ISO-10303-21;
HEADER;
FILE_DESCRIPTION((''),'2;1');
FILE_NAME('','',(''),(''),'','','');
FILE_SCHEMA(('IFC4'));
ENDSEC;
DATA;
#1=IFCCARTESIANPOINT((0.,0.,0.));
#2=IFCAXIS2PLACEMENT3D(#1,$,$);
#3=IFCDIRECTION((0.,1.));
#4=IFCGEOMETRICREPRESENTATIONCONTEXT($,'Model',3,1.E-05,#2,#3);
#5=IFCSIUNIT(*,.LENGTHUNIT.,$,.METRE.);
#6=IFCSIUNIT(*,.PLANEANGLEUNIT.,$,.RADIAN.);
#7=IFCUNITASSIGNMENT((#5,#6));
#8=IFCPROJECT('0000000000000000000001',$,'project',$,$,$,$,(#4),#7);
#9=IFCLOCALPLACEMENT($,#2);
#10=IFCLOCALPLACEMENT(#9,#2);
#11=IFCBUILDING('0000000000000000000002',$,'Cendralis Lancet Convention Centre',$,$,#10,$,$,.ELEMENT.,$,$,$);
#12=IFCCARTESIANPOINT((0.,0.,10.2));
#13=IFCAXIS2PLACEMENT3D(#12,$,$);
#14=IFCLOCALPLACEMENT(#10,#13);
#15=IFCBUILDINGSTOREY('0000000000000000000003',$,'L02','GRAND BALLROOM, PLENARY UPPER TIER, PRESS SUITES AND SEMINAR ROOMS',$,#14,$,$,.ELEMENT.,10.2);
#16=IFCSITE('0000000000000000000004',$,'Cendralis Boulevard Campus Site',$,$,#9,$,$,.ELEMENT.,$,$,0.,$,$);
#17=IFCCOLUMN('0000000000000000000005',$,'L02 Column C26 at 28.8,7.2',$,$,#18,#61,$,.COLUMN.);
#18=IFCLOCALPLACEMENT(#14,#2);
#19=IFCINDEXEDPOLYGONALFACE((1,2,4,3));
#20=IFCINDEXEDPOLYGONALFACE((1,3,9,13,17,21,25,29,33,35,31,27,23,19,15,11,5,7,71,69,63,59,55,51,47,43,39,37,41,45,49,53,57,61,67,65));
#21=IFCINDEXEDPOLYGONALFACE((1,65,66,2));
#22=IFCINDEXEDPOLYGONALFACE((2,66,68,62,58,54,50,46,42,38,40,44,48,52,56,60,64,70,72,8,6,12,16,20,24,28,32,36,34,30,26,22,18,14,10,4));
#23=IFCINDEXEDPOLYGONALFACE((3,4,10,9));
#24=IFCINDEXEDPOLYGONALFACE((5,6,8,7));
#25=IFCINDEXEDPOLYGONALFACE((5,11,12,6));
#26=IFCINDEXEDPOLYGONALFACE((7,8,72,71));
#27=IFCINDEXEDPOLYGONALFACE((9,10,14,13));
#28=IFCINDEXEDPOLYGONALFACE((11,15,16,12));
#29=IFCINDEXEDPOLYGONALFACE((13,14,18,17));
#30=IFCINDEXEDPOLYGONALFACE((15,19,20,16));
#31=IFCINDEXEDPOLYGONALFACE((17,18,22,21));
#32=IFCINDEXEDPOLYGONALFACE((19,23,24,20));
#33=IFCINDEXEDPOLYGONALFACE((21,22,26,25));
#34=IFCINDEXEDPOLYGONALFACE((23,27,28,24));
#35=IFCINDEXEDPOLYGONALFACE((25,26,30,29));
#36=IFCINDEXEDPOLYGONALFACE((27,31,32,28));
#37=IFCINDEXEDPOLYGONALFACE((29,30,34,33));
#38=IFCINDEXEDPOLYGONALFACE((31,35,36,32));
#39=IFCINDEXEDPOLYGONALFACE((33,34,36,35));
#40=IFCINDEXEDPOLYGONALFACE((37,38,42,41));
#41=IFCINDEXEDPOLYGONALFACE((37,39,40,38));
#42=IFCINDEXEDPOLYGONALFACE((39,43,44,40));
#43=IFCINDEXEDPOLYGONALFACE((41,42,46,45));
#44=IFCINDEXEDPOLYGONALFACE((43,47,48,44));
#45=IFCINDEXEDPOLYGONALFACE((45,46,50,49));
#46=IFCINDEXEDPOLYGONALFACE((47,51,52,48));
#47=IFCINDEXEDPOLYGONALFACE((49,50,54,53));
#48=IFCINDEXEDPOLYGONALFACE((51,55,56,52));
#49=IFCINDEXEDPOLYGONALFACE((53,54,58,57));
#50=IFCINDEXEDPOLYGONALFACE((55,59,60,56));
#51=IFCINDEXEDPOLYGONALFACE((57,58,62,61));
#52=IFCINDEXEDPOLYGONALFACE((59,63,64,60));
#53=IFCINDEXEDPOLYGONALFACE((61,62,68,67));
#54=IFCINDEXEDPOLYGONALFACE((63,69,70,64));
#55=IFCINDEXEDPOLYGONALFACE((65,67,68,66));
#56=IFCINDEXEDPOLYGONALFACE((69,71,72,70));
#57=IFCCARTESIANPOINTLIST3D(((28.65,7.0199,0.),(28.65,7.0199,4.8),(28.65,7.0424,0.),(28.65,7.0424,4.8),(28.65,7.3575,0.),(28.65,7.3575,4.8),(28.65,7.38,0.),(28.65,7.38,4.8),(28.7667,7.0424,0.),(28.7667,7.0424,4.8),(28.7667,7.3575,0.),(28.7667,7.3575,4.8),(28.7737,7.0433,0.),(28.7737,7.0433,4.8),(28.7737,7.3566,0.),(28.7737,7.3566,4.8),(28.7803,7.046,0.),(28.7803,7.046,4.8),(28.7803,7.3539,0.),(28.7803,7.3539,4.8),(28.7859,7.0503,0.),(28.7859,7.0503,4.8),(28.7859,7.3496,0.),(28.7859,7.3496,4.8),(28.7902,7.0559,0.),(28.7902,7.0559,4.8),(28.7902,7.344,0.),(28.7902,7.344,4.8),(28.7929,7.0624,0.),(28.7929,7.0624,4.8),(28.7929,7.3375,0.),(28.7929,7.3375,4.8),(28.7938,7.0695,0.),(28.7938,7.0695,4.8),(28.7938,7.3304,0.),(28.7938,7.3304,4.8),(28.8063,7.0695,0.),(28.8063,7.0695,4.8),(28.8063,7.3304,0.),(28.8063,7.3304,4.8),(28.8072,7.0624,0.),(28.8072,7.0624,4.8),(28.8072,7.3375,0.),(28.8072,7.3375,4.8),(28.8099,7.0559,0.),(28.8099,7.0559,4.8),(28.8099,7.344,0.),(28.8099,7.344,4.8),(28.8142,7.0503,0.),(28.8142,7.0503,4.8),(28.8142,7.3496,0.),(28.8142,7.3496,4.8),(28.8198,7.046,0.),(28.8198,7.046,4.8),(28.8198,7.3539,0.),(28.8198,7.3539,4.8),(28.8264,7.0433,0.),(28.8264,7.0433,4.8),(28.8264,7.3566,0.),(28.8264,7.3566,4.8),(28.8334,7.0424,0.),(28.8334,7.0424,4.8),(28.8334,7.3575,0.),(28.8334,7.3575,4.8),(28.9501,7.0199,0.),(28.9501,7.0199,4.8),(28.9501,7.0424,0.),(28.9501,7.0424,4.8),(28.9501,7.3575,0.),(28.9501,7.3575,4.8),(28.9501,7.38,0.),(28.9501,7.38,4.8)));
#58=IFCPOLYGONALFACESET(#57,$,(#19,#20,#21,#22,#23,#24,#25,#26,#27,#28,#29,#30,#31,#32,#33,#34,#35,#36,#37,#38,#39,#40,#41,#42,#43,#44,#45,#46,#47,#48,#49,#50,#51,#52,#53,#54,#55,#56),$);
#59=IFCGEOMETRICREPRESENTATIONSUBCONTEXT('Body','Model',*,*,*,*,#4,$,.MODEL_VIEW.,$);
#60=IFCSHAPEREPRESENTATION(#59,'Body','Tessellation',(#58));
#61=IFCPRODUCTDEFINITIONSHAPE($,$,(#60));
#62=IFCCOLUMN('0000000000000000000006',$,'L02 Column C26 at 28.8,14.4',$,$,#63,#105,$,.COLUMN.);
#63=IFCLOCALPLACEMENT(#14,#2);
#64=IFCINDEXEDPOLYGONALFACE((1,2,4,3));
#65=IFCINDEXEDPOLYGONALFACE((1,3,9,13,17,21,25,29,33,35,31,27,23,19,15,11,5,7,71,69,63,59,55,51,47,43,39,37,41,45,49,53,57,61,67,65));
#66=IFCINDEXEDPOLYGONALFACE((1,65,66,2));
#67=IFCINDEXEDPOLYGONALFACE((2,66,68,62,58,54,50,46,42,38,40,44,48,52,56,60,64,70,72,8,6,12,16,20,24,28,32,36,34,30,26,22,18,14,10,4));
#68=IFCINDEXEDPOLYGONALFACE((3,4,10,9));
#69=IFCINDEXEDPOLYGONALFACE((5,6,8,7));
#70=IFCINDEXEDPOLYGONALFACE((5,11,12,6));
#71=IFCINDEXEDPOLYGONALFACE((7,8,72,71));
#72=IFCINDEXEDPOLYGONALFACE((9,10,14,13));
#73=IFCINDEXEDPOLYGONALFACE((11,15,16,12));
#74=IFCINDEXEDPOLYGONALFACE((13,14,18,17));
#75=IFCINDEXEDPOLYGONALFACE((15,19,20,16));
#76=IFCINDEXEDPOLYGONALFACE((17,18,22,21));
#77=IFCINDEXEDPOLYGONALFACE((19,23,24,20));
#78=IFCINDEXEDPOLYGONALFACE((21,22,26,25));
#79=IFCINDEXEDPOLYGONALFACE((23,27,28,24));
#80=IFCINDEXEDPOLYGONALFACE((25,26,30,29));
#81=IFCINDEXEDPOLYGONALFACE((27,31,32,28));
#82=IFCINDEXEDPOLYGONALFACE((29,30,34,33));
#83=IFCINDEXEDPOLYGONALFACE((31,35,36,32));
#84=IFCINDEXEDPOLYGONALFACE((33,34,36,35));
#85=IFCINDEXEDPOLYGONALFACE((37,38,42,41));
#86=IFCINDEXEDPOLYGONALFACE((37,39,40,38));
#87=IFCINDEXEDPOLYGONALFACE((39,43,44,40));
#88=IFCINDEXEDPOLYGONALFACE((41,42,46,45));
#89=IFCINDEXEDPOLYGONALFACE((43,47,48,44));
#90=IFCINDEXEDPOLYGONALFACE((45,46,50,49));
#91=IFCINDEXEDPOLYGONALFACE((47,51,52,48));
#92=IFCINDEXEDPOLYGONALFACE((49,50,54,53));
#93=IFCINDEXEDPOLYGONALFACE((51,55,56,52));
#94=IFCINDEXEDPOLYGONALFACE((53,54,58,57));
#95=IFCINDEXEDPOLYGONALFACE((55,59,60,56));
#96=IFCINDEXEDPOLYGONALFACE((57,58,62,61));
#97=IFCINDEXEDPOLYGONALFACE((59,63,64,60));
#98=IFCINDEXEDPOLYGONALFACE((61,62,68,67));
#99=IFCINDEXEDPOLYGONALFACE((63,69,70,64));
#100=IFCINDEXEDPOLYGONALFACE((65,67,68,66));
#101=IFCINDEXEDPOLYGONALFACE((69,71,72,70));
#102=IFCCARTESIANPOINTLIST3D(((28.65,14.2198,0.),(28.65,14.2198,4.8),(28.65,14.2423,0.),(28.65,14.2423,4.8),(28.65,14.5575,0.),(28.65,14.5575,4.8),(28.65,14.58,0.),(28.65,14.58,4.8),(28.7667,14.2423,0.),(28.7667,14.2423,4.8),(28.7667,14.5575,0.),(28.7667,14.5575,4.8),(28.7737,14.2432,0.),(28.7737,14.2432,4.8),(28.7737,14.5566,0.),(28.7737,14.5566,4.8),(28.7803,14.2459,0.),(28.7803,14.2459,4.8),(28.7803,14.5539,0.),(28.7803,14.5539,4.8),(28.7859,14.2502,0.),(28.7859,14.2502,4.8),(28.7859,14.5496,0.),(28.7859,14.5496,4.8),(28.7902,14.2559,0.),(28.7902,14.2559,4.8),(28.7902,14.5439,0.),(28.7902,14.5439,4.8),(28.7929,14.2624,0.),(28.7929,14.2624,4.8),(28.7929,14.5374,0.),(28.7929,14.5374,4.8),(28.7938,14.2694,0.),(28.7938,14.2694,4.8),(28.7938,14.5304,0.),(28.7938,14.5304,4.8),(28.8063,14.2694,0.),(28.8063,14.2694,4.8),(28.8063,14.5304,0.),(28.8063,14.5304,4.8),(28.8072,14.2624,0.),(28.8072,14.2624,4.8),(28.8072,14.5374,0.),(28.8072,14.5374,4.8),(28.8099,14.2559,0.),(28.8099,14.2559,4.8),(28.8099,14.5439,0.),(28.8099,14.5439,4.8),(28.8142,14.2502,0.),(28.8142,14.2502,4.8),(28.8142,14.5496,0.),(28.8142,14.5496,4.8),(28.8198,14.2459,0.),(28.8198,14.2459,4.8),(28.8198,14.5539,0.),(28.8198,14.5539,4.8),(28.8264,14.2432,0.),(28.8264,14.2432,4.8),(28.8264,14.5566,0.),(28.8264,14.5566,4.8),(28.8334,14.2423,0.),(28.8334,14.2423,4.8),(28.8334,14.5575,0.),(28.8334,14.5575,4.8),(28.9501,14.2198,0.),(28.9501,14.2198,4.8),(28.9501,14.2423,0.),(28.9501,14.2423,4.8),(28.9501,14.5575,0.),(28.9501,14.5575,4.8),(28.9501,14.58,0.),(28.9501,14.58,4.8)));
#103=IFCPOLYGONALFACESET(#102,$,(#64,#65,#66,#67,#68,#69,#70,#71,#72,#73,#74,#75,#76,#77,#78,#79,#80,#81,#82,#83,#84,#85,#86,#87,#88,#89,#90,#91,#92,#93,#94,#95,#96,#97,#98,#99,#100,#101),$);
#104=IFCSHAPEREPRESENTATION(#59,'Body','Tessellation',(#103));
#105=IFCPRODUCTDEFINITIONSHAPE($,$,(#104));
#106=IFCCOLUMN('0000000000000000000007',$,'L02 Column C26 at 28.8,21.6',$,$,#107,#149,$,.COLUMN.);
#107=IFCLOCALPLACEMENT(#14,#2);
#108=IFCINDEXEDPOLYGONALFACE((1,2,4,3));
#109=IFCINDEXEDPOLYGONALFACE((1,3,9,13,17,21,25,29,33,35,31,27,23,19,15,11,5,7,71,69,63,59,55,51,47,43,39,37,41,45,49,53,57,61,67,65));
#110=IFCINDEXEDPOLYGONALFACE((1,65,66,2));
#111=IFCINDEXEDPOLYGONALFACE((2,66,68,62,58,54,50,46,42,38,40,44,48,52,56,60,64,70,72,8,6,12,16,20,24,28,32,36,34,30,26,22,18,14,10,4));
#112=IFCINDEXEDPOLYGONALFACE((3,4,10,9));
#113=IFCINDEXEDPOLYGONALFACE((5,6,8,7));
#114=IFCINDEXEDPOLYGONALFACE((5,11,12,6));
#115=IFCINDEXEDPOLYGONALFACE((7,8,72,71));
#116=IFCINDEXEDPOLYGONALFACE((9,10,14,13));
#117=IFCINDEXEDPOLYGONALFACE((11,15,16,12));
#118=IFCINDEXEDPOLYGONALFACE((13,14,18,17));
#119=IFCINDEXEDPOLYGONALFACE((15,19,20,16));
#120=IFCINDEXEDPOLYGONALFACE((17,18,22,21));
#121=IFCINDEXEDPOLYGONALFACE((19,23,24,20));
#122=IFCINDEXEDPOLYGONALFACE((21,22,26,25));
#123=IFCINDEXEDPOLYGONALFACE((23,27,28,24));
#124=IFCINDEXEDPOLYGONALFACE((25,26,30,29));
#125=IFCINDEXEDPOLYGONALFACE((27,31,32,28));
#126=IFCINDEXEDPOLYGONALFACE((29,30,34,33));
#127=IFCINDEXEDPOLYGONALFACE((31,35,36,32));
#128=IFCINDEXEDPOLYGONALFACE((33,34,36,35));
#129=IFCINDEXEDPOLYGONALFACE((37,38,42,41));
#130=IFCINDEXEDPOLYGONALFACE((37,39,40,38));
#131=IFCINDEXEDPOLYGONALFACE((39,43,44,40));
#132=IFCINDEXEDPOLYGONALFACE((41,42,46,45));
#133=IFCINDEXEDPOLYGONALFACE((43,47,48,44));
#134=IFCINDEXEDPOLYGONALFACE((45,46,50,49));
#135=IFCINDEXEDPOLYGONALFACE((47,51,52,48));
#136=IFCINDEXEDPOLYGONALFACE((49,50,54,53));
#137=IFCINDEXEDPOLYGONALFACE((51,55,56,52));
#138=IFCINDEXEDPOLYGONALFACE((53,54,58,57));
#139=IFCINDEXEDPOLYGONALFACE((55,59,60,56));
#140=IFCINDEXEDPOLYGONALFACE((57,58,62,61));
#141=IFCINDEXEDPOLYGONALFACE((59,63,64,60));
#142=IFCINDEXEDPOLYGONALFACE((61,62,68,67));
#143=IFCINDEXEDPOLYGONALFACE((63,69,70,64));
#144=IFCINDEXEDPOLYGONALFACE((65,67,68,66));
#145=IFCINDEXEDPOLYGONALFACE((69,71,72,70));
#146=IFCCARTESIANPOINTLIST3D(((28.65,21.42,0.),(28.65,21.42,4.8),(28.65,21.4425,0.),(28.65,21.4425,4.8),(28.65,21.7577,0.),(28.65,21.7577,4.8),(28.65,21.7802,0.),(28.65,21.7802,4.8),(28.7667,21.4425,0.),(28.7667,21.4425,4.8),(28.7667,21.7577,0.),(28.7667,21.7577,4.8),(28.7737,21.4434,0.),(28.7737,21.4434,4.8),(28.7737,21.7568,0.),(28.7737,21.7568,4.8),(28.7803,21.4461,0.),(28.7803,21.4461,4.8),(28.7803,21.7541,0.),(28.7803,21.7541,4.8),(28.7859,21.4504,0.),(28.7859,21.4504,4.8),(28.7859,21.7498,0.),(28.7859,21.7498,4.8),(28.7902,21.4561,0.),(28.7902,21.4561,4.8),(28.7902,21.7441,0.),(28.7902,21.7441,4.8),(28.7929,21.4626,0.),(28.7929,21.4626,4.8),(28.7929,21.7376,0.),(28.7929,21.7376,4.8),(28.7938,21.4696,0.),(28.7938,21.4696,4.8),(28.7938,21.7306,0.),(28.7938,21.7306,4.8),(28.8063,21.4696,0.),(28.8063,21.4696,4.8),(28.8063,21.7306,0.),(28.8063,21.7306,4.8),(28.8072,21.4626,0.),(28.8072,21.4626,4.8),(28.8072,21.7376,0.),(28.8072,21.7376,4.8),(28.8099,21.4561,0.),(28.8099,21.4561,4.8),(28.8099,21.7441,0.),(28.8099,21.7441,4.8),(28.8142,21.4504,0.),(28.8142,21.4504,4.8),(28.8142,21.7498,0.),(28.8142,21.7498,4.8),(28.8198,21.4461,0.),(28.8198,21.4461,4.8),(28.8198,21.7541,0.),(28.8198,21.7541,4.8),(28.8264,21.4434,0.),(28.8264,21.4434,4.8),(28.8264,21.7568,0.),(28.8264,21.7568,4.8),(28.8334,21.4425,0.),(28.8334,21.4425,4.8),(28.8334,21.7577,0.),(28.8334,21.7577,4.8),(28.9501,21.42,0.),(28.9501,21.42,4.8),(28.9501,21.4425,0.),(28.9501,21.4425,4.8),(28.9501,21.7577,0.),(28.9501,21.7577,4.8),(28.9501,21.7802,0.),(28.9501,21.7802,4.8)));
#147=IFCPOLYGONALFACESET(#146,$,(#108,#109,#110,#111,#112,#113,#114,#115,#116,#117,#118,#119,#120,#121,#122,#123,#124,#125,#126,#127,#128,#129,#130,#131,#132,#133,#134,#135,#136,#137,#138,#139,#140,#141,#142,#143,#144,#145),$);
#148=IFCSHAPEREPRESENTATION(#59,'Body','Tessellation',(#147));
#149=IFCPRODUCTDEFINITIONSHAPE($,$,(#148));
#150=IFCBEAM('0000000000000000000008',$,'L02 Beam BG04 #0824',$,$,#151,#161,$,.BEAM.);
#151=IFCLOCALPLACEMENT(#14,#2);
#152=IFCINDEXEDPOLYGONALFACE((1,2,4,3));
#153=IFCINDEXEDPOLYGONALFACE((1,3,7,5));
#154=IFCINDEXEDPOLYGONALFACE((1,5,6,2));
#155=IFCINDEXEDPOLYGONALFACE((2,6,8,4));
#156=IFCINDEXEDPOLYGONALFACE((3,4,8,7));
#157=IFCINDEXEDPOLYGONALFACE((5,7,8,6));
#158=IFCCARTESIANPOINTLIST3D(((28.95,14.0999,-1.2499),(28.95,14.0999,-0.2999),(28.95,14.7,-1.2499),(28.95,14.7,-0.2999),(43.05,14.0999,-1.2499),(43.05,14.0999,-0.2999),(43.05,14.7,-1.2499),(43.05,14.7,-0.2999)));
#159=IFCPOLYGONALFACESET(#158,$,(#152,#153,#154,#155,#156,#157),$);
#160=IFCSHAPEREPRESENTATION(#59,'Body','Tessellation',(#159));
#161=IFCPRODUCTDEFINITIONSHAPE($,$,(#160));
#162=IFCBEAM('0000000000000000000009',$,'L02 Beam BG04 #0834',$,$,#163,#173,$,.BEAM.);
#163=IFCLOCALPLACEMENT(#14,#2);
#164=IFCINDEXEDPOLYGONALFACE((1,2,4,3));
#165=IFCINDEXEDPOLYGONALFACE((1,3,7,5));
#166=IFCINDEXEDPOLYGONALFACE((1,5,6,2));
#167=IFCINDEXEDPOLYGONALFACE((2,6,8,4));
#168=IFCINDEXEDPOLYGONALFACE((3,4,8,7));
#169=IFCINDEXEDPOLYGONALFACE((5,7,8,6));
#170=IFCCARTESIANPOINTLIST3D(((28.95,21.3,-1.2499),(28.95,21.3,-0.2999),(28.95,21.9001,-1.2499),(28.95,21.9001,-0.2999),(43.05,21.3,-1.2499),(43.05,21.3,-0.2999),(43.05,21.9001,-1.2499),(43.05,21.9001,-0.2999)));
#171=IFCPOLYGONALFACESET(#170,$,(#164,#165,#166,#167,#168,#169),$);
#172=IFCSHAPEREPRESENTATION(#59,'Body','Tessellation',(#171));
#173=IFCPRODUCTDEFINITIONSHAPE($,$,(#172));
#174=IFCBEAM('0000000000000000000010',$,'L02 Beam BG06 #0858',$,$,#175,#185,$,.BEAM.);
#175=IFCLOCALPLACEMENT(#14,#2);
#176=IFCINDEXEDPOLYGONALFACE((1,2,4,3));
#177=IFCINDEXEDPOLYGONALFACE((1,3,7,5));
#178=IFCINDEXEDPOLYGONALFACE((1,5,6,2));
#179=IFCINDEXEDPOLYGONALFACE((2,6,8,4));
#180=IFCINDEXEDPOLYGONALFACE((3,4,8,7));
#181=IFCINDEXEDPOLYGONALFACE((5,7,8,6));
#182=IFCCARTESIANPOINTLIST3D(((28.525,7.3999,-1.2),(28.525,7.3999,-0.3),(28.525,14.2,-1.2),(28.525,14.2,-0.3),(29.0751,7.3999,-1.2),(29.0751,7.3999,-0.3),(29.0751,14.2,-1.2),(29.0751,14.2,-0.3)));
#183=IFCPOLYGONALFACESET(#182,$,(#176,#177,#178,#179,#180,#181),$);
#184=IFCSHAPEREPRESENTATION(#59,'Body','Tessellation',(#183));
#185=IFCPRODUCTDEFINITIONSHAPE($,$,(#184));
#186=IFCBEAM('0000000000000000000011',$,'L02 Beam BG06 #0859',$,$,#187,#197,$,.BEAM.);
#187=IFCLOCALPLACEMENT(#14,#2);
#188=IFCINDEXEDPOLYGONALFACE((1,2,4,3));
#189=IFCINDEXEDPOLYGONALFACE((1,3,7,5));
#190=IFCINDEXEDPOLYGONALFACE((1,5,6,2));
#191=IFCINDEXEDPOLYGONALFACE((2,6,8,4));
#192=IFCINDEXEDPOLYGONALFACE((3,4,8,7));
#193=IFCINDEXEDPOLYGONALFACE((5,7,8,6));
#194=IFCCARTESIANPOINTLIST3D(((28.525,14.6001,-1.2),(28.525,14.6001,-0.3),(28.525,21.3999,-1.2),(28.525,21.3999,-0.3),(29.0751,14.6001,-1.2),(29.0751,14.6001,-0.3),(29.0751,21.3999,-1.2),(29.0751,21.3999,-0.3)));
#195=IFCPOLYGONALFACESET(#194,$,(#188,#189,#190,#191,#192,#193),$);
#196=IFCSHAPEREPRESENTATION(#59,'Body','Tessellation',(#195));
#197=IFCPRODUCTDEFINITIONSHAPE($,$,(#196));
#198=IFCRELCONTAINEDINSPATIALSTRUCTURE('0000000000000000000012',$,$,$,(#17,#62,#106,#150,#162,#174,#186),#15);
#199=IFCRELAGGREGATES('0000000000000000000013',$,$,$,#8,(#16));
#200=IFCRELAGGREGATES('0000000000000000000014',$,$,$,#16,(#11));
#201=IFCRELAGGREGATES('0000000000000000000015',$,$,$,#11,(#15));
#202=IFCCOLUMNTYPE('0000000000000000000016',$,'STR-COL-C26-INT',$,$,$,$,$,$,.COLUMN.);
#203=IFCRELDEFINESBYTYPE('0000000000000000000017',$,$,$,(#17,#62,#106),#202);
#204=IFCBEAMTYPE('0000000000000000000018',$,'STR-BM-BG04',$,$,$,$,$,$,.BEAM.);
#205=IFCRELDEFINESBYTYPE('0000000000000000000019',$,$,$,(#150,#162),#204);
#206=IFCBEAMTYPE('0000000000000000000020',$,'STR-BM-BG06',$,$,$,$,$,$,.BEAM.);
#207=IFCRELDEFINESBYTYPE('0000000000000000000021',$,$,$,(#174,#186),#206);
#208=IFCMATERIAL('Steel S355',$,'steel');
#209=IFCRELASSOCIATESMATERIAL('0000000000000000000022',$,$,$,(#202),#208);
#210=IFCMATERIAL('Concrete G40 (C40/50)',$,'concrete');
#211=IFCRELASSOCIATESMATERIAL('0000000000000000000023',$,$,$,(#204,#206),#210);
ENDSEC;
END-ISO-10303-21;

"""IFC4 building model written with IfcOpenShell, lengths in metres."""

from ifc_helpers import new_model, si_unit, direction, frame, origin, origin_2d, place, context, subcontext, project, spatial, rectangle, i_section, extrude, material, material_profile, profile_set, type_object, element, save


model = new_model("IFC4")

# Units and contexts
model_context = context("Model", 3, precision=1e-05, world=origin(), true_north=direction((0.0, 1.0)))
body_context = subcontext(model_context, "Body", "Model", "MODEL_VIEW")
ifc_project = project(units=[si_unit("LENGTHUNIT", "METRE"), si_unit("PLANEANGLEUNIT", "RADIAN")], contexts=[model_context])

# Site, building, storey
site_placement = place(None, origin())
site = spatial("IfcSite", under=ifc_project, at=site_placement, Name="Cendralis Boulevard Campus Site", CompositionType="ELEMENT", RefElevation=0.0)
building_placement = place(site_placement, origin())
building = spatial("IfcBuilding", under=site, at=building_placement, Name="Cendralis Lancet Convention Centre", CompositionType="ELEMENT")
storey_placement = place(building_placement, frame((0.0, 0.0, 10.2)))
storey = spatial("IfcBuildingStorey", under=building, at=storey_placement, Name="L02", Description="GRAND BALLROOM, PLENARY UPPER TIER, PRESS SUITES AND SEMINAR ROOMS", CompositionType="ELEMENT", Elevation=10.2)

# Columns
ifc_material_1 = material(Name="Steel S355", Category="steel")
ifc_material_profile_1 = material_profile(ifc_material_1, i_section(OverallWidth=0.3, OverallDepth=0.3601, WebThickness=0.0125, FlangeThickness=0.0225, FilletRadius=0.0271, at=origin_2d()), Name="HEB 360")
ifc_profile_set_1 = profile_set([ifc_material_profile_1], Name="Steel S355")
column_type = type_object("IfcColumnType", Name="STR-COL-C26-INT", PredefinedType="COLUMN", material=ifc_profile_set_1)
for number, where, z_axis, x_axis, name in (
    (1, (28.8, 7.2, 0.0), (0.0, 0.0, 1.0), (1.0, 0.0, 0.0), "L02 Column C26 at 28.8,7.2"),
    (2, (28.8, 14.3999, 0.0), (0.0, 0.0, 1.0), (1.0, 0.0, 0.0), "L02 Column C26 at 28.8,14.4"),
    (3, (28.8, 21.6001, 0.0), (0.0, 0.0, 1.0), (1.0, 0.0, 0.0), "L02 Column C26 at 28.8,21.6"),
):
    element("IfcColumn", number, at=place(storey_placement, frame(where, z_axis=z_axis, x_axis=x_axis)), inside=storey, type_object=column_type, Name=name, PredefinedType="COLUMN", context=body_context, shape_type="SweptSolid", body=[
        extrude(i_section(OverallWidth=0.3, OverallDepth=0.3601, WebThickness=0.0125, FlangeThickness=0.0225, FilletRadius=0.0271, at=origin_2d()), origin(), (0.0, 0.0, 1.0), 4.8),
    ])

# Beams
ifc_material_2 = material(Name="Concrete G40 (C40/50)", Category="concrete")
ifc_material_profile_2 = material_profile(ifc_material_2, rectangle(XDim=0.6001, YDim=0.95, at=origin_2d()), Name="RCB 600x950")
ifc_profile_set_2 = profile_set([ifc_material_profile_2], Name="Concrete G40 (C40/50)")
beam_type_1 = type_object("IfcBeamType", Name="STR-BM-BG04", PredefinedType="BEAM", material=ifc_profile_set_2)
for number, where, z_axis, x_axis, name in (
    (4, (28.95, 14.3999, -0.7749), (1.0, 0.0, 0.0), (0.0, 1.0, 0.0), "L02 Beam BG04 #0824"),
    (5, (28.95, 21.6001, -0.7749), (1.0, 0.0, 0.0), (0.0, 1.0, 0.0), "L02 Beam BG04 #0834"),
):
    element("IfcBeam", number, at=place(storey_placement, frame(where, z_axis=z_axis, x_axis=x_axis)), inside=storey, type_object=beam_type_1, Name=name, PredefinedType="BEAM", context=body_context, shape_type="SweptSolid", body=[
        extrude(rectangle(XDim=0.6001, YDim=0.95, at=origin_2d()), origin(), (0.0, 0.0, 1.0), 14.1001),
    ])
ifc_material_profile_3 = material_profile(ifc_material_2, rectangle(XDim=0.55, YDim=0.8999, at=origin_2d()), Name="RCB 550x900")
ifc_profile_set_3 = profile_set([ifc_material_profile_3], Name="Concrete G40 (C40/50)")
beam_type_2 = type_object("IfcBeamType", Name="STR-BM-BG06", PredefinedType="BEAM", material=ifc_profile_set_3)
beam_1_placement = place(storey_placement, frame((28.8, 7.3999, -0.75), z_axis=(0.0, 1.0, 0.0), x_axis=(-1.0, 0.0, 0.0)))
element("IfcBeam", 6, at=beam_1_placement, inside=storey, type_object=beam_type_2, Name="L02 Beam BG06 #0858", PredefinedType="BEAM", context=body_context, shape_type="SweptSolid", body=[
    extrude(rectangle(XDim=0.55, YDim=0.8999, at=origin_2d()), origin(), (0.0, 0.0, 1.0), 6.8),
])
beam_2_placement = place(storey_placement, frame((28.8, 14.6001, -0.75), z_axis=(0.0, 1.0, 0.0), x_axis=(-1.0, 0.0, 0.0)))
element("IfcBeam", 7, at=beam_2_placement, inside=storey, type_object=beam_type_2, Name="L02 Beam BG06 #0859", PredefinedType="BEAM", context=body_context, shape_type="SweptSolid", body=[
    extrude(rectangle(XDim=0.55, YDim=0.8999, at=origin_2d()), origin(), (0.0, 0.0, 1.0), 6.7998),
])

save(model, "model.ifc")
